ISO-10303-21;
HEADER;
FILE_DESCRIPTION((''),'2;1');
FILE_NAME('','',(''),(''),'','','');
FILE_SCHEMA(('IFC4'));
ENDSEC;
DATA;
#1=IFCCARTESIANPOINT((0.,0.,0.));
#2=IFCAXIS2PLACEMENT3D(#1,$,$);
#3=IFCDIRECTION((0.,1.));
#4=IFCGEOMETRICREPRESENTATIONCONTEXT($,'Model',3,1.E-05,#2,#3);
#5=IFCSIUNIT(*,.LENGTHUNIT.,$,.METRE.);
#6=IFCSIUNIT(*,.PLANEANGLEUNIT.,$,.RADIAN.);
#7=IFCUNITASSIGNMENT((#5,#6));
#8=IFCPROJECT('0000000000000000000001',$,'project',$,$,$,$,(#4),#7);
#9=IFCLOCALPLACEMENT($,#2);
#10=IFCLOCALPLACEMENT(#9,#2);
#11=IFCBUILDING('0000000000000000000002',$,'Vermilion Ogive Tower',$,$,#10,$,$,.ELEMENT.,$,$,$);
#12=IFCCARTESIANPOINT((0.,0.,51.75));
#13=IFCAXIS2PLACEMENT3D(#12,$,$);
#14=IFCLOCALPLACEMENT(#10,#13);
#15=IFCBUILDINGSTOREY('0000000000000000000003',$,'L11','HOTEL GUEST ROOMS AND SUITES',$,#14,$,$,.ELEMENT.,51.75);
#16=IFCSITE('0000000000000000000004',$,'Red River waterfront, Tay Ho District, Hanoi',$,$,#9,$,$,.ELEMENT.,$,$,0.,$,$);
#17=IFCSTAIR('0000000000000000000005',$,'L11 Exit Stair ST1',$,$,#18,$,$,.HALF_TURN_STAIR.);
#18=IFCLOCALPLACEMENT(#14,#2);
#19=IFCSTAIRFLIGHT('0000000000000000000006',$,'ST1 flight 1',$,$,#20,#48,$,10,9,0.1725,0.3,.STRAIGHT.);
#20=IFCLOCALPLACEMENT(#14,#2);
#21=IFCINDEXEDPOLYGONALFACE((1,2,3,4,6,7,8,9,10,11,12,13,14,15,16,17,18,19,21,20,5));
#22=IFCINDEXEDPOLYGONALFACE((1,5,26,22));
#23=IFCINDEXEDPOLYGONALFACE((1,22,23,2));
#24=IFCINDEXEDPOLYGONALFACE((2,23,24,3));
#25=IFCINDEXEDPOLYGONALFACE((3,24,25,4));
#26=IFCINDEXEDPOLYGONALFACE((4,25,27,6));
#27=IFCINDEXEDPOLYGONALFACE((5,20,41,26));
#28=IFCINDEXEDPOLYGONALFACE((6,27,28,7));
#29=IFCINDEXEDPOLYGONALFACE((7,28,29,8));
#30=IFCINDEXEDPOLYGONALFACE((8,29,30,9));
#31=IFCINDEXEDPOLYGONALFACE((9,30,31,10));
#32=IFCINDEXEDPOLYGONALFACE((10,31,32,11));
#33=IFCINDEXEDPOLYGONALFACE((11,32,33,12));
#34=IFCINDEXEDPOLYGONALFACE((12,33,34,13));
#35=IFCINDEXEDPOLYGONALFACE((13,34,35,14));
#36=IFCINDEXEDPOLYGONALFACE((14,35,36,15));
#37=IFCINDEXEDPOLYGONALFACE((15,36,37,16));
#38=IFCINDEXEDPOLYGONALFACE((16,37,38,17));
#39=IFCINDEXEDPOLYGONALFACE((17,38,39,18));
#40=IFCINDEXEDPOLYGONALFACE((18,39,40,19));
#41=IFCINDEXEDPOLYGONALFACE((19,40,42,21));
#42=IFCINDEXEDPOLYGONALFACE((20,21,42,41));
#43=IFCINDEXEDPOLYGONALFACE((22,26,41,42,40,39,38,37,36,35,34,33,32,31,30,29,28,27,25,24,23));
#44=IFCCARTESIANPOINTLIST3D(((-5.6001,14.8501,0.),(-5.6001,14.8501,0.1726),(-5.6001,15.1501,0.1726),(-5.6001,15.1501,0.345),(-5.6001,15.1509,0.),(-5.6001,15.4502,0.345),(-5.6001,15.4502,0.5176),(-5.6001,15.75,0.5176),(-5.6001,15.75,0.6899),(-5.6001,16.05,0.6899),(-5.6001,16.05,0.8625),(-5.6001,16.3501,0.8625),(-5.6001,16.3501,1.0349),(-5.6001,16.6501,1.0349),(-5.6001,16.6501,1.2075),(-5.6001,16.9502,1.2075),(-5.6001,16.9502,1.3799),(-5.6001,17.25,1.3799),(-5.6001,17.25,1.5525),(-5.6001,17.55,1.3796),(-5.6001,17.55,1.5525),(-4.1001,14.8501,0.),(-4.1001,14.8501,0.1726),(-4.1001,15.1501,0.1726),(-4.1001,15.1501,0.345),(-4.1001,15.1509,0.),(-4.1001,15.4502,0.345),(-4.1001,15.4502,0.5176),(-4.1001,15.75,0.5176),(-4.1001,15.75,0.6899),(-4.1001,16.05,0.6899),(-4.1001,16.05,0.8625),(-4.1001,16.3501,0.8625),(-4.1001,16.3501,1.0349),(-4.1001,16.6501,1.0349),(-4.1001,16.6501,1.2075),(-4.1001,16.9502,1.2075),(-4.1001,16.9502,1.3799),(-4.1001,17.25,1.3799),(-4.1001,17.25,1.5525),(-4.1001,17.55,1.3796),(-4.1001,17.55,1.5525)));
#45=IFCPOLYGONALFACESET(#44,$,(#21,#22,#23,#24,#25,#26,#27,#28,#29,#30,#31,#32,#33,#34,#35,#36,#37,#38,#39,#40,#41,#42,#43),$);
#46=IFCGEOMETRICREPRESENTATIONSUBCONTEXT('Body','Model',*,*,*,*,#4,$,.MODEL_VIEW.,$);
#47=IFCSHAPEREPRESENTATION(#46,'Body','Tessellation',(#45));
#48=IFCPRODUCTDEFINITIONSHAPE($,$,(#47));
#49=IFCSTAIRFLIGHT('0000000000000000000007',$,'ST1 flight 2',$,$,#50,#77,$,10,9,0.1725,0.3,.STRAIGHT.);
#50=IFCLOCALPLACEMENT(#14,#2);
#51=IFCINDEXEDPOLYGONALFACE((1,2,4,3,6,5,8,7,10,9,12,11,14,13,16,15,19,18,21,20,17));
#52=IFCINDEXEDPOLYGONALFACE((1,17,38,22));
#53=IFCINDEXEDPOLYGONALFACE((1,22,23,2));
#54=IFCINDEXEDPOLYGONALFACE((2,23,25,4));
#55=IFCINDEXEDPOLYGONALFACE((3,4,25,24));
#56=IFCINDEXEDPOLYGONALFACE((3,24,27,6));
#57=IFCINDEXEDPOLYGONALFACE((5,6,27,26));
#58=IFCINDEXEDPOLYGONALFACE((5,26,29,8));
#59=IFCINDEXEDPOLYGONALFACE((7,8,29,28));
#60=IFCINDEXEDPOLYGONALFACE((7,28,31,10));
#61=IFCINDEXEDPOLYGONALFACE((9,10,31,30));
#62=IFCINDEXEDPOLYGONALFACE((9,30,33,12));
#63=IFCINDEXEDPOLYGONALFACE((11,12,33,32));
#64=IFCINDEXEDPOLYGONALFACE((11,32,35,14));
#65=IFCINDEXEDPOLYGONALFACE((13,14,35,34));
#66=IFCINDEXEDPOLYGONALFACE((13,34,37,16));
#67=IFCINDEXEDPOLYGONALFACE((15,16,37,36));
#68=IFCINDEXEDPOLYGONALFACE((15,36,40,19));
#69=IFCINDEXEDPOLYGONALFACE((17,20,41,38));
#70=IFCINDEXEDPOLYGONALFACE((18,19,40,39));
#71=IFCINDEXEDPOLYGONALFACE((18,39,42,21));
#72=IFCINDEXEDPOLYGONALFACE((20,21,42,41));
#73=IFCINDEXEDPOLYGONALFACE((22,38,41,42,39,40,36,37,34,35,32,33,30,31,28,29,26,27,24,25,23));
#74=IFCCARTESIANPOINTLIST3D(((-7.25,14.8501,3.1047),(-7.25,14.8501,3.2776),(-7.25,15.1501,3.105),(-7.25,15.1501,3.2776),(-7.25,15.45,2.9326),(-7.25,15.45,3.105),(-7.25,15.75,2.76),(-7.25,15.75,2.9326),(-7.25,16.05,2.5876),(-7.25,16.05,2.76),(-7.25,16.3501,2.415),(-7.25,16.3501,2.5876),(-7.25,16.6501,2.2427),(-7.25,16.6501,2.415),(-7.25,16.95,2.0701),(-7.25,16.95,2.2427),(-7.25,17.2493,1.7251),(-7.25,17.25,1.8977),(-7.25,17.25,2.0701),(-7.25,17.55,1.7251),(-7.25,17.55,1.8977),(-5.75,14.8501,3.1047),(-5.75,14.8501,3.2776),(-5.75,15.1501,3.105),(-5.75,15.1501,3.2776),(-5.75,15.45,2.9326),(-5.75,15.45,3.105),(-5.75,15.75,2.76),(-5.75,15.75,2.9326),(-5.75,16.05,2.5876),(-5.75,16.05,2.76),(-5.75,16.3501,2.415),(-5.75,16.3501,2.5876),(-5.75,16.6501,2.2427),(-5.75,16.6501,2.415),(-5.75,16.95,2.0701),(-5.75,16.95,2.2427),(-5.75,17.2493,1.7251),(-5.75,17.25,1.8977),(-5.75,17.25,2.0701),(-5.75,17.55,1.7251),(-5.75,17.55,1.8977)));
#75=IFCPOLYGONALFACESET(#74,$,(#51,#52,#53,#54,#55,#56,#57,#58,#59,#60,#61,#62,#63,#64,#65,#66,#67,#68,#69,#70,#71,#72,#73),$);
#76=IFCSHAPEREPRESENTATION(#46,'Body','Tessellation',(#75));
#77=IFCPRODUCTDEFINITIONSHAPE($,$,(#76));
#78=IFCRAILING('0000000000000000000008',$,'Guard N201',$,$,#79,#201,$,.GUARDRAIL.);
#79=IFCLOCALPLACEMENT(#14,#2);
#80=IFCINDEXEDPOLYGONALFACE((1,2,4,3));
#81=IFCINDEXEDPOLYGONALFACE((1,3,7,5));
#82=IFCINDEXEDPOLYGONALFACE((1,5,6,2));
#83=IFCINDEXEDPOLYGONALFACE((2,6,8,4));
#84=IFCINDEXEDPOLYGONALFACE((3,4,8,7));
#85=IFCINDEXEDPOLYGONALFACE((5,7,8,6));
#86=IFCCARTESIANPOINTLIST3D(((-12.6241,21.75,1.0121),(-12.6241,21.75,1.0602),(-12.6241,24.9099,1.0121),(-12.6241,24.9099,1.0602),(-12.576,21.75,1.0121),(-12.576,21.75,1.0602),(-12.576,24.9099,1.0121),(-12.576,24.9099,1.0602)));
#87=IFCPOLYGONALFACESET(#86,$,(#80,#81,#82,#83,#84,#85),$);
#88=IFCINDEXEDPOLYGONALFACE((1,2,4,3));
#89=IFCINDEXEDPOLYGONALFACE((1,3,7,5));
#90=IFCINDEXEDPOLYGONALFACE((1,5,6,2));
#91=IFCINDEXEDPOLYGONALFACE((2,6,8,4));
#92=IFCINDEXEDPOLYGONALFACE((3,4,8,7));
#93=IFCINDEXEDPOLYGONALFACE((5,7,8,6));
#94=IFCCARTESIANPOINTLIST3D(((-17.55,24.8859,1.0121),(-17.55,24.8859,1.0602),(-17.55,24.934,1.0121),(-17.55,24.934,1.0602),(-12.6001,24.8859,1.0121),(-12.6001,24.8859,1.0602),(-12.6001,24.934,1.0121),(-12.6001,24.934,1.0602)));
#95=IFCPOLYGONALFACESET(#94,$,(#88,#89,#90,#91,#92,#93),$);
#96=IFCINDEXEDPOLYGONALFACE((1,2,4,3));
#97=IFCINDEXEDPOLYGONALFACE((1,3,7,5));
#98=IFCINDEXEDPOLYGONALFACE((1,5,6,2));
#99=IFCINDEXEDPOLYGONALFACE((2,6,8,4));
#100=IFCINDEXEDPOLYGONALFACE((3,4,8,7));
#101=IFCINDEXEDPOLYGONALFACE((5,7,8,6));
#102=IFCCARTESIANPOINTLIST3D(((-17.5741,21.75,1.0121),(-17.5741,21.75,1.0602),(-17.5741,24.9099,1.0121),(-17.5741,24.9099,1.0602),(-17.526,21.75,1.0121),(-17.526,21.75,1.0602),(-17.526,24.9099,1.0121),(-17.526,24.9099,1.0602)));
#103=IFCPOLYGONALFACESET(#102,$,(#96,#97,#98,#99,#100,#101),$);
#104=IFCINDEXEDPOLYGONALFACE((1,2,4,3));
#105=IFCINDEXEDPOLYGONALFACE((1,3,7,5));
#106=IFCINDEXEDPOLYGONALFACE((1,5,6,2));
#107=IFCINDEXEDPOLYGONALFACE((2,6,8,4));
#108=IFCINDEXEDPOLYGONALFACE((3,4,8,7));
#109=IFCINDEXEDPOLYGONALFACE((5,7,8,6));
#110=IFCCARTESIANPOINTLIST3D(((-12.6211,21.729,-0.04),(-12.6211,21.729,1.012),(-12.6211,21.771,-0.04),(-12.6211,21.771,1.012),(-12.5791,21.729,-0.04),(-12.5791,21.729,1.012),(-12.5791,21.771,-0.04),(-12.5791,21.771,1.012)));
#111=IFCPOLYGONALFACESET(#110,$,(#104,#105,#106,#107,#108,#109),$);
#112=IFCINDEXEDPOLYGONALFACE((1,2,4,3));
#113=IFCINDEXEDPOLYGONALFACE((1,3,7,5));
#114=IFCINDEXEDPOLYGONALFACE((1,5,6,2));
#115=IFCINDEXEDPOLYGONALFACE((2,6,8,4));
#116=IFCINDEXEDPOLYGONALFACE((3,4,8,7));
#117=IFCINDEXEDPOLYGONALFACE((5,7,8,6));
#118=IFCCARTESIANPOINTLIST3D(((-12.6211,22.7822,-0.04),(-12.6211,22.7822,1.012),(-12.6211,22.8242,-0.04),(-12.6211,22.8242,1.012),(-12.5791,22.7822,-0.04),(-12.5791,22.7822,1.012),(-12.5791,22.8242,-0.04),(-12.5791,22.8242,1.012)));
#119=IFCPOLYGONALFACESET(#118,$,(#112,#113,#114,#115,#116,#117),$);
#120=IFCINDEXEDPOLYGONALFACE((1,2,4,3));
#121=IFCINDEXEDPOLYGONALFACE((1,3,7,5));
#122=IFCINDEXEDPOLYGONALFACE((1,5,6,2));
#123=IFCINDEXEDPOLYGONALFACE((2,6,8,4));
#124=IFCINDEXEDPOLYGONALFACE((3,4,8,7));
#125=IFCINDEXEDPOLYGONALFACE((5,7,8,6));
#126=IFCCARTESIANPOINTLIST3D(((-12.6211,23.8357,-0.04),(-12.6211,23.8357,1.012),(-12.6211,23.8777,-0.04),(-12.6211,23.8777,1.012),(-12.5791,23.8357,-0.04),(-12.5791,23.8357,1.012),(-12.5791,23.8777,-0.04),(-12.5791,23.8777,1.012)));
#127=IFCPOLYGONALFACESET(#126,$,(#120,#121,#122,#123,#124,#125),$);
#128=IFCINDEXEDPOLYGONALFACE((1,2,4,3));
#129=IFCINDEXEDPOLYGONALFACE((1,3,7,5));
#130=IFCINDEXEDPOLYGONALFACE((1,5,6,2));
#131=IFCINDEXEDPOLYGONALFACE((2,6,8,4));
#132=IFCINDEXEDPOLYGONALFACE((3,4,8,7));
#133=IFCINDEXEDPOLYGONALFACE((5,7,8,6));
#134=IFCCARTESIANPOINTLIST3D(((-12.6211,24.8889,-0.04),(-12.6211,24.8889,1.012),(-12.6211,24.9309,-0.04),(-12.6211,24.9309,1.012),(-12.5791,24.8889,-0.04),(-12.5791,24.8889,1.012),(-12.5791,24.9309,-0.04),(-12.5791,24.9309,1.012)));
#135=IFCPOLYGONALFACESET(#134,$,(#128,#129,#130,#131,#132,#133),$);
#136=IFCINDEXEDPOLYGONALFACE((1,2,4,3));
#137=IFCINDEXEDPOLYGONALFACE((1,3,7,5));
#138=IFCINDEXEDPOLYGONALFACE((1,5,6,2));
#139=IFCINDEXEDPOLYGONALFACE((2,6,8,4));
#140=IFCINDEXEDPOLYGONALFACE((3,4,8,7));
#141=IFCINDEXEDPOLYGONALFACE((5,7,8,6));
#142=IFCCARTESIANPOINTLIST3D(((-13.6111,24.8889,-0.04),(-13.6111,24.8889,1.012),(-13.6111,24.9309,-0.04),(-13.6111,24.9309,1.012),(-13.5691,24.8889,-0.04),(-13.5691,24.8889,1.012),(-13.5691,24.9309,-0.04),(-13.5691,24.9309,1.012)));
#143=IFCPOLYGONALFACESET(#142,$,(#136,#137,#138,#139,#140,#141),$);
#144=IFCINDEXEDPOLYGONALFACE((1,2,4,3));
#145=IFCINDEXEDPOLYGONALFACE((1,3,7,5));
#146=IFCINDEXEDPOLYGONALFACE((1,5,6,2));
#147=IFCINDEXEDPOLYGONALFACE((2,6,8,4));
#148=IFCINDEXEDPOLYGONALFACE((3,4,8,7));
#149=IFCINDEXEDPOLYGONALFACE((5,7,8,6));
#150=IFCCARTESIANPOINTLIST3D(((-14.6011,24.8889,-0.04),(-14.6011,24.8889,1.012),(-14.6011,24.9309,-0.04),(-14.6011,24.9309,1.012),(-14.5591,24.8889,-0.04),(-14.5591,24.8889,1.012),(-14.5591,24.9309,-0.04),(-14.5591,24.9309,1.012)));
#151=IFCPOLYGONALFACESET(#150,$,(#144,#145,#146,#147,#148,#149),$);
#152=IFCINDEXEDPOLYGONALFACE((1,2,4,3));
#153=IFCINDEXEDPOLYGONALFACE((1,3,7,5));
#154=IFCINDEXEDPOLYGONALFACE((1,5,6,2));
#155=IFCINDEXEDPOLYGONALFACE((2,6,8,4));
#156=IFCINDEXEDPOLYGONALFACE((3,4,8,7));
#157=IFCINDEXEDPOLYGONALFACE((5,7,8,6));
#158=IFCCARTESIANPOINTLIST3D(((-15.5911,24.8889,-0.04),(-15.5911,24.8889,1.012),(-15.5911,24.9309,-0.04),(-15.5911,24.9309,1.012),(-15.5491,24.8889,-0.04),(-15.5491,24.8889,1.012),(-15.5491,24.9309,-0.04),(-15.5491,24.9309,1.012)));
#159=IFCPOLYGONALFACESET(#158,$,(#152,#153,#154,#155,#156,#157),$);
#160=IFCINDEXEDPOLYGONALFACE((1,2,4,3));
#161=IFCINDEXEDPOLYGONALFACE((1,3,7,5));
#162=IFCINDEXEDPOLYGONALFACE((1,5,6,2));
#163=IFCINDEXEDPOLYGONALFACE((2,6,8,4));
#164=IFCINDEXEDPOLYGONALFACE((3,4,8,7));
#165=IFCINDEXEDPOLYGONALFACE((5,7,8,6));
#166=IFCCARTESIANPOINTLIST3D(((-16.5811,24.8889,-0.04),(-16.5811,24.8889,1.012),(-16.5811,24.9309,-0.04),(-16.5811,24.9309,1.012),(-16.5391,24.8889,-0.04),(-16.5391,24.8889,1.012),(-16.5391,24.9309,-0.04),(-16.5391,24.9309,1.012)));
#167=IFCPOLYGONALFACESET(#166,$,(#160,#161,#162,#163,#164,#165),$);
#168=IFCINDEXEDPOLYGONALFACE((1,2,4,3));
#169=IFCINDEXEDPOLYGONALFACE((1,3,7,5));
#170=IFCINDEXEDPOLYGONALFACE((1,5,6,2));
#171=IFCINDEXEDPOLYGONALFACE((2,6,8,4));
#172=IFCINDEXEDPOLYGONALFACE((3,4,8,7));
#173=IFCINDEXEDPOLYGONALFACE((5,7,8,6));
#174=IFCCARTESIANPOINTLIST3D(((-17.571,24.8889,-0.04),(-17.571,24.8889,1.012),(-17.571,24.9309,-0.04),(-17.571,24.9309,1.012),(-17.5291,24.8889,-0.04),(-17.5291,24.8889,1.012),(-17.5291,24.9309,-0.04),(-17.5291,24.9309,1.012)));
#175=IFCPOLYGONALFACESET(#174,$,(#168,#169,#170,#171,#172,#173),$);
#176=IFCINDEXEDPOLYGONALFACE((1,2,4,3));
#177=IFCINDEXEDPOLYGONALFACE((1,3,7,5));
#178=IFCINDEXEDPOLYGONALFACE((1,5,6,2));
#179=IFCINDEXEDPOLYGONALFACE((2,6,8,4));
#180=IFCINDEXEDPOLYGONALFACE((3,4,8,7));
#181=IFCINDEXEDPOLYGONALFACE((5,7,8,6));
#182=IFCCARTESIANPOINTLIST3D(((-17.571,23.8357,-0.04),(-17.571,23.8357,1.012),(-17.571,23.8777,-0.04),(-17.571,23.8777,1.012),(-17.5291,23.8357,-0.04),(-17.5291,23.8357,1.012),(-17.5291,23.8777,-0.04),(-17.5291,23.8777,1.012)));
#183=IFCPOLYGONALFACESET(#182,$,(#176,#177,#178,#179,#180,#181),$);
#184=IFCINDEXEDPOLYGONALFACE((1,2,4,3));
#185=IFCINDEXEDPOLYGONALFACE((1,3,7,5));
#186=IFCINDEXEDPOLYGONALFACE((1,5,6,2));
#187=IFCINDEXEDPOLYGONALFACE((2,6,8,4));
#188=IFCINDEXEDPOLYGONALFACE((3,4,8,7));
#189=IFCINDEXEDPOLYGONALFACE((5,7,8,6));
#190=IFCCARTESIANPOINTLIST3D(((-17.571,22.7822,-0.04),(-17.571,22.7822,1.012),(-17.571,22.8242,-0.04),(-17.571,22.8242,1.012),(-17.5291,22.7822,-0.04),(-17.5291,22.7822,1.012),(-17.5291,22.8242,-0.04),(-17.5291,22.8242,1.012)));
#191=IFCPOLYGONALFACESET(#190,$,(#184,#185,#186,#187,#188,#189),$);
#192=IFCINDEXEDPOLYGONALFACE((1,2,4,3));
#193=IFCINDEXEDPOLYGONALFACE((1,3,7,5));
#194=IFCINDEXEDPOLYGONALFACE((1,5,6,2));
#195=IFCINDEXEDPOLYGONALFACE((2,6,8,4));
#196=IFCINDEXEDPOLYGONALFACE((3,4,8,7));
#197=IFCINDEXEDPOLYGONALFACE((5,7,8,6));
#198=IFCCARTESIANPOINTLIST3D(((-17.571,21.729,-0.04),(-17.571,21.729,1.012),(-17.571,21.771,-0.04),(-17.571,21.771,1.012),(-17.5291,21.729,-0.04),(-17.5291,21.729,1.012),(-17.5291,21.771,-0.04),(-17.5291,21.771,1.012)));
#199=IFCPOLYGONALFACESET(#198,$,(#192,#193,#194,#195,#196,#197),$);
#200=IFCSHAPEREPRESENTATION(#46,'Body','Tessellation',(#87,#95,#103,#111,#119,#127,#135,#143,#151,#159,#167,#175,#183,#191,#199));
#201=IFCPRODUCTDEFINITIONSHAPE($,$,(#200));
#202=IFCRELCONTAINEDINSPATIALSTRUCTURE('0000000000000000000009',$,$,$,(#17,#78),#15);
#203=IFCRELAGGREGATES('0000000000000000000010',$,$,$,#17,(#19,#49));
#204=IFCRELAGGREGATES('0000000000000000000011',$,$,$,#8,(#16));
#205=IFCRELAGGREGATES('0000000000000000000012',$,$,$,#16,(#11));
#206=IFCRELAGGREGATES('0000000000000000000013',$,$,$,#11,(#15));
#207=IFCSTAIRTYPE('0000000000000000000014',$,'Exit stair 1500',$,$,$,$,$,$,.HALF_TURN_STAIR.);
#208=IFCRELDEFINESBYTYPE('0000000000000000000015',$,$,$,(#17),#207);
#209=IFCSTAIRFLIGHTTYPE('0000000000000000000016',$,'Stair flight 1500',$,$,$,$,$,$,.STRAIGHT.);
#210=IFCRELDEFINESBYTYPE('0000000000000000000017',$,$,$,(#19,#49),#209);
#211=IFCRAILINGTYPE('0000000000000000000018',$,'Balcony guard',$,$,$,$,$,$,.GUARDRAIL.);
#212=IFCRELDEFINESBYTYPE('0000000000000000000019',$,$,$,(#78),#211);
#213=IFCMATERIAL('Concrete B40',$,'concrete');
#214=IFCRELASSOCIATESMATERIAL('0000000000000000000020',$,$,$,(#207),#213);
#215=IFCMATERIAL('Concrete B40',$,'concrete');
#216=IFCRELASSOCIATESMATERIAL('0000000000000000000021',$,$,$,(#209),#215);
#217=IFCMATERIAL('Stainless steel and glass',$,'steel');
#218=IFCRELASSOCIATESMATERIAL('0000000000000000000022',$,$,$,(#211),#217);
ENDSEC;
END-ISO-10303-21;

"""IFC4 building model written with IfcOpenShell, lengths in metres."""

from ifc_helpers import new_model, si_unit, direction, frame, origin, origin_2d, place, context, subcontext, project, spatial, polyline, rectangle, outline, extrude, material, type_object, element, aggregate, save


model = new_model("IFC4")

# Units and contexts
model_context = context("Model", 3, precision=1e-05, world=origin(), true_north=direction((0.0, 1.0)))
body_context = subcontext(model_context, "Body", "Model", "MODEL_VIEW")
ifc_project = project(units=[si_unit("LENGTHUNIT", "METRE"), si_unit("PLANEANGLEUNIT", "RADIAN")], contexts=[model_context])

# Site, building, storey
site_placement = place(None, origin())
site = spatial("IfcSite", under=ifc_project, at=site_placement, Name="Red River waterfront, Tay Ho District, Hanoi", CompositionType="ELEMENT", RefElevation=0.0)
building_placement = place(site_placement, origin())
building = spatial("IfcBuilding", under=site, at=building_placement, Name="Vermilion Ogive Tower", CompositionType="ELEMENT")
storey_placement = place(building_placement, frame((0.0, 0.0, 51.75)))
storey = spatial("IfcBuildingStorey", under=building, at=storey_placement, Name="L11", Description="HOTEL GUEST ROOMS AND SUITES", CompositionType="ELEMENT", Elevation=51.75)

# Stair, stair flights
ifc_material_1 = material(Name="Concrete B40", Category="concrete")
stair_type = type_object("IfcStairType", Name="Exit stair 1500", PredefinedType="HALF_TURN_STAIR", material=ifc_material_1)
stair_placement = place(storey_placement, origin())
stair = element("IfcStair", 1, at=stair_placement, inside=storey, type_object=stair_type, Name="L11 Exit Stair ST1", PredefinedType="HALF_TURN_STAIR")
ifc_material_2 = material(Name="Concrete B40", Category="concrete")
stair_flight_type = type_object("IfcStairFlightType", Name="Stair flight 1500", PredefinedType="STRAIGHT", material=ifc_material_2)
stair_flight_1_placement = place(storey_placement, frame((-4.8501, 14.8501, 0.0), z_axis=(0.0, 0.0, 1.0), x_axis=(0.0, 1.0, 0.0)))
stair_flight_1 = element("IfcStairFlight", 2, at=stair_flight_1_placement, type_object=stair_flight_type, Name="ST1 flight 1", NumberOfRisers=10, NumberOfTreads=9, PredefinedType="STRAIGHT", RiserHeight=0.1725, TreadLength=0.3, context=body_context, shape_type="SweptSolid", body=[
    extrude(outline(polyline([(0.0, 0.0), (0.0, 0.1726), (0.3, 0.1726), (0.3, 0.345), (0.6001, 0.345), (0.6001, 0.5176), (0.8999, 0.5176), (0.8999, 0.6899), (1.2, 0.6899), (1.2, 0.8625), (1.5, 0.8625), (1.5, 1.0349), (1.8, 1.0349), (1.8, 1.2075), (2.1001, 1.2075), (2.1001, 1.3799), (2.3999, 1.3799), (2.3999, 1.5525), (2.7, 1.5525), (2.7, 1.7251), (2.7, 1.3796), (0.3008, 0.0), (0.0, 0.0)])), frame((0.0, 0.75, 0.0), z_axis=(0.0, -1.0, 0.0), x_axis=(1.0, 0.0, 0.0)), (0.0, 0.0, 1.0), 1.5),
])
stair_flight_2_placement = place(storey_placement, frame((-6.5, 17.55, 1.7251), z_axis=(0.0, 0.0, 1.0), x_axis=(0.0, -1.0, 0.0)))
stair_flight_2 = element("IfcStairFlight", 3, at=stair_flight_2_placement, type_object=stair_flight_type, Name="ST1 flight 2", NumberOfRisers=10, NumberOfTreads=9, PredefinedType="STRAIGHT", RiserHeight=0.1725, TreadLength=0.3, context=body_context, shape_type="SweptSolid", body=[
    extrude(outline(polyline([(0.0, 0.0), (0.0, 0.1726), (0.3, 0.1726), (0.3, 0.345), (0.6001, 0.345), (0.6001, 0.5176), (0.8999, 0.5176), (0.8999, 0.6899), (1.2, 0.6899), (1.2, 0.8625), (1.5, 0.8625), (1.5, 1.0349), (1.8, 1.0349), (1.8, 1.2075), (2.1001, 1.2075), (2.1001, 1.3799), (2.3999, 1.3799), (2.3999, 1.5525), (2.7, 1.5525), (2.7, 1.7251), (2.7, 1.3796), (0.3008, 0.0), (0.0, 0.0)])), frame((0.0, 0.75, 0.0), z_axis=(0.0, -1.0, 0.0), x_axis=(1.0, 0.0, 0.0)), (0.0, 0.0, 1.0), 1.5),
])
aggregate(stair, [stair_flight_1, stair_flight_2])

# Railing
ifc_material_3 = material(Name="Stainless steel and glass", Category="steel")
railing_type_1 = type_object("IfcRailingType", Name="Balcony guard", PredefinedType="GUARDRAIL", material=ifc_material_3)
railing_1_placement = place(storey_placement, frame((-12.6001, 21.75, -0.04)))
element("IfcRailing", 4, at=railing_1_placement, inside=storey, type_object=railing_type_1, Name="Guard N201", PredefinedType="GUARDRAIL", context=body_context, shape_type="SweptSolid", body=[
    extrude(rectangle(XDim=0.0481, YDim=0.0481, at=origin_2d()), frame((0.0, 0.0, 1.0762), z_axis=(0.0, 1.0, 0.0), x_axis=(-1.0, 0.0, 0.0)), (0.0, 0.0, 1.0), 3.1599),
    extrude(rectangle(XDim=0.0481, YDim=0.0481, at=origin_2d()), frame((0.0, 3.1599, 1.0762), z_axis=(-1.0, 0.0, 0.0), x_axis=(0.0, -1.0, 0.0)), (0.0, 0.0, 1.0), 4.95),
    extrude(rectangle(XDim=0.0481, YDim=0.0481, at=origin_2d()), frame((-4.95, 3.1599, 1.0762), z_axis=(0.0, -1.0, 0.0), x_axis=(1.0, 0.0, 0.0)), (0.0, 0.0, 1.0), 3.1599),
    extrude(rectangle(XDim=0.042, YDim=0.042, at=origin_2d()), origin(), (0.0, 0.0, 1.0), 1.052),
    extrude(rectangle(XDim=0.042, YDim=0.042, at=origin_2d()), frame((0.0, 1.0532, 0.0)), (0.0, 0.0, 1.0), 1.052),
    extrude(rectangle(XDim=0.042, YDim=0.042, at=origin_2d()), frame((0.0, 2.1067, 0.0)), (0.0, 0.0, 1.0), 1.052),
    extrude(rectangle(XDim=0.042, YDim=0.042, at=origin_2d()), frame((0.0, 3.1599, 0.0)), (0.0, 0.0, 1.0), 1.052),
    extrude(rectangle(XDim=0.042, YDim=0.042, at=origin_2d()), frame((-0.99, 3.1599, 0.0)), (0.0, 0.0, 1.0), 1.052),
    extrude(rectangle(XDim=0.042, YDim=0.042, at=origin_2d()), frame((-1.98, 3.1599, 0.0)), (0.0, 0.0, 1.0), 1.052),
    extrude(rectangle(XDim=0.042, YDim=0.042, at=origin_2d()), frame((-2.97, 3.1599, 0.0)), (0.0, 0.0, 1.0), 1.052),
    extrude(rectangle(XDim=0.042, YDim=0.042, at=origin_2d()), frame((-3.96, 3.1599, 0.0)), (0.0, 0.0, 1.0), 1.052),
    extrude(rectangle(XDim=0.042, YDim=0.042, at=origin_2d()), frame((-4.95, 3.1599, 0.0)), (0.0, 0.0, 1.0), 1.052),
    extrude(rectangle(XDim=0.042, YDim=0.042, at=origin_2d()), frame((-4.95, 2.1067, 0.0)), (0.0, 0.0, 1.0), 1.052),
    extrude(rectangle(XDim=0.042, YDim=0.042, at=origin_2d()), frame((-4.95, 1.0532, 0.0)), (0.0, 0.0, 1.0), 1.052),
    extrude(rectangle(XDim=0.042, YDim=0.042, at=origin_2d()), frame((-4.95, 0.0, 0.0)), (0.0, 0.0, 1.0), 1.052),
])

save(model, "model.ifc")
